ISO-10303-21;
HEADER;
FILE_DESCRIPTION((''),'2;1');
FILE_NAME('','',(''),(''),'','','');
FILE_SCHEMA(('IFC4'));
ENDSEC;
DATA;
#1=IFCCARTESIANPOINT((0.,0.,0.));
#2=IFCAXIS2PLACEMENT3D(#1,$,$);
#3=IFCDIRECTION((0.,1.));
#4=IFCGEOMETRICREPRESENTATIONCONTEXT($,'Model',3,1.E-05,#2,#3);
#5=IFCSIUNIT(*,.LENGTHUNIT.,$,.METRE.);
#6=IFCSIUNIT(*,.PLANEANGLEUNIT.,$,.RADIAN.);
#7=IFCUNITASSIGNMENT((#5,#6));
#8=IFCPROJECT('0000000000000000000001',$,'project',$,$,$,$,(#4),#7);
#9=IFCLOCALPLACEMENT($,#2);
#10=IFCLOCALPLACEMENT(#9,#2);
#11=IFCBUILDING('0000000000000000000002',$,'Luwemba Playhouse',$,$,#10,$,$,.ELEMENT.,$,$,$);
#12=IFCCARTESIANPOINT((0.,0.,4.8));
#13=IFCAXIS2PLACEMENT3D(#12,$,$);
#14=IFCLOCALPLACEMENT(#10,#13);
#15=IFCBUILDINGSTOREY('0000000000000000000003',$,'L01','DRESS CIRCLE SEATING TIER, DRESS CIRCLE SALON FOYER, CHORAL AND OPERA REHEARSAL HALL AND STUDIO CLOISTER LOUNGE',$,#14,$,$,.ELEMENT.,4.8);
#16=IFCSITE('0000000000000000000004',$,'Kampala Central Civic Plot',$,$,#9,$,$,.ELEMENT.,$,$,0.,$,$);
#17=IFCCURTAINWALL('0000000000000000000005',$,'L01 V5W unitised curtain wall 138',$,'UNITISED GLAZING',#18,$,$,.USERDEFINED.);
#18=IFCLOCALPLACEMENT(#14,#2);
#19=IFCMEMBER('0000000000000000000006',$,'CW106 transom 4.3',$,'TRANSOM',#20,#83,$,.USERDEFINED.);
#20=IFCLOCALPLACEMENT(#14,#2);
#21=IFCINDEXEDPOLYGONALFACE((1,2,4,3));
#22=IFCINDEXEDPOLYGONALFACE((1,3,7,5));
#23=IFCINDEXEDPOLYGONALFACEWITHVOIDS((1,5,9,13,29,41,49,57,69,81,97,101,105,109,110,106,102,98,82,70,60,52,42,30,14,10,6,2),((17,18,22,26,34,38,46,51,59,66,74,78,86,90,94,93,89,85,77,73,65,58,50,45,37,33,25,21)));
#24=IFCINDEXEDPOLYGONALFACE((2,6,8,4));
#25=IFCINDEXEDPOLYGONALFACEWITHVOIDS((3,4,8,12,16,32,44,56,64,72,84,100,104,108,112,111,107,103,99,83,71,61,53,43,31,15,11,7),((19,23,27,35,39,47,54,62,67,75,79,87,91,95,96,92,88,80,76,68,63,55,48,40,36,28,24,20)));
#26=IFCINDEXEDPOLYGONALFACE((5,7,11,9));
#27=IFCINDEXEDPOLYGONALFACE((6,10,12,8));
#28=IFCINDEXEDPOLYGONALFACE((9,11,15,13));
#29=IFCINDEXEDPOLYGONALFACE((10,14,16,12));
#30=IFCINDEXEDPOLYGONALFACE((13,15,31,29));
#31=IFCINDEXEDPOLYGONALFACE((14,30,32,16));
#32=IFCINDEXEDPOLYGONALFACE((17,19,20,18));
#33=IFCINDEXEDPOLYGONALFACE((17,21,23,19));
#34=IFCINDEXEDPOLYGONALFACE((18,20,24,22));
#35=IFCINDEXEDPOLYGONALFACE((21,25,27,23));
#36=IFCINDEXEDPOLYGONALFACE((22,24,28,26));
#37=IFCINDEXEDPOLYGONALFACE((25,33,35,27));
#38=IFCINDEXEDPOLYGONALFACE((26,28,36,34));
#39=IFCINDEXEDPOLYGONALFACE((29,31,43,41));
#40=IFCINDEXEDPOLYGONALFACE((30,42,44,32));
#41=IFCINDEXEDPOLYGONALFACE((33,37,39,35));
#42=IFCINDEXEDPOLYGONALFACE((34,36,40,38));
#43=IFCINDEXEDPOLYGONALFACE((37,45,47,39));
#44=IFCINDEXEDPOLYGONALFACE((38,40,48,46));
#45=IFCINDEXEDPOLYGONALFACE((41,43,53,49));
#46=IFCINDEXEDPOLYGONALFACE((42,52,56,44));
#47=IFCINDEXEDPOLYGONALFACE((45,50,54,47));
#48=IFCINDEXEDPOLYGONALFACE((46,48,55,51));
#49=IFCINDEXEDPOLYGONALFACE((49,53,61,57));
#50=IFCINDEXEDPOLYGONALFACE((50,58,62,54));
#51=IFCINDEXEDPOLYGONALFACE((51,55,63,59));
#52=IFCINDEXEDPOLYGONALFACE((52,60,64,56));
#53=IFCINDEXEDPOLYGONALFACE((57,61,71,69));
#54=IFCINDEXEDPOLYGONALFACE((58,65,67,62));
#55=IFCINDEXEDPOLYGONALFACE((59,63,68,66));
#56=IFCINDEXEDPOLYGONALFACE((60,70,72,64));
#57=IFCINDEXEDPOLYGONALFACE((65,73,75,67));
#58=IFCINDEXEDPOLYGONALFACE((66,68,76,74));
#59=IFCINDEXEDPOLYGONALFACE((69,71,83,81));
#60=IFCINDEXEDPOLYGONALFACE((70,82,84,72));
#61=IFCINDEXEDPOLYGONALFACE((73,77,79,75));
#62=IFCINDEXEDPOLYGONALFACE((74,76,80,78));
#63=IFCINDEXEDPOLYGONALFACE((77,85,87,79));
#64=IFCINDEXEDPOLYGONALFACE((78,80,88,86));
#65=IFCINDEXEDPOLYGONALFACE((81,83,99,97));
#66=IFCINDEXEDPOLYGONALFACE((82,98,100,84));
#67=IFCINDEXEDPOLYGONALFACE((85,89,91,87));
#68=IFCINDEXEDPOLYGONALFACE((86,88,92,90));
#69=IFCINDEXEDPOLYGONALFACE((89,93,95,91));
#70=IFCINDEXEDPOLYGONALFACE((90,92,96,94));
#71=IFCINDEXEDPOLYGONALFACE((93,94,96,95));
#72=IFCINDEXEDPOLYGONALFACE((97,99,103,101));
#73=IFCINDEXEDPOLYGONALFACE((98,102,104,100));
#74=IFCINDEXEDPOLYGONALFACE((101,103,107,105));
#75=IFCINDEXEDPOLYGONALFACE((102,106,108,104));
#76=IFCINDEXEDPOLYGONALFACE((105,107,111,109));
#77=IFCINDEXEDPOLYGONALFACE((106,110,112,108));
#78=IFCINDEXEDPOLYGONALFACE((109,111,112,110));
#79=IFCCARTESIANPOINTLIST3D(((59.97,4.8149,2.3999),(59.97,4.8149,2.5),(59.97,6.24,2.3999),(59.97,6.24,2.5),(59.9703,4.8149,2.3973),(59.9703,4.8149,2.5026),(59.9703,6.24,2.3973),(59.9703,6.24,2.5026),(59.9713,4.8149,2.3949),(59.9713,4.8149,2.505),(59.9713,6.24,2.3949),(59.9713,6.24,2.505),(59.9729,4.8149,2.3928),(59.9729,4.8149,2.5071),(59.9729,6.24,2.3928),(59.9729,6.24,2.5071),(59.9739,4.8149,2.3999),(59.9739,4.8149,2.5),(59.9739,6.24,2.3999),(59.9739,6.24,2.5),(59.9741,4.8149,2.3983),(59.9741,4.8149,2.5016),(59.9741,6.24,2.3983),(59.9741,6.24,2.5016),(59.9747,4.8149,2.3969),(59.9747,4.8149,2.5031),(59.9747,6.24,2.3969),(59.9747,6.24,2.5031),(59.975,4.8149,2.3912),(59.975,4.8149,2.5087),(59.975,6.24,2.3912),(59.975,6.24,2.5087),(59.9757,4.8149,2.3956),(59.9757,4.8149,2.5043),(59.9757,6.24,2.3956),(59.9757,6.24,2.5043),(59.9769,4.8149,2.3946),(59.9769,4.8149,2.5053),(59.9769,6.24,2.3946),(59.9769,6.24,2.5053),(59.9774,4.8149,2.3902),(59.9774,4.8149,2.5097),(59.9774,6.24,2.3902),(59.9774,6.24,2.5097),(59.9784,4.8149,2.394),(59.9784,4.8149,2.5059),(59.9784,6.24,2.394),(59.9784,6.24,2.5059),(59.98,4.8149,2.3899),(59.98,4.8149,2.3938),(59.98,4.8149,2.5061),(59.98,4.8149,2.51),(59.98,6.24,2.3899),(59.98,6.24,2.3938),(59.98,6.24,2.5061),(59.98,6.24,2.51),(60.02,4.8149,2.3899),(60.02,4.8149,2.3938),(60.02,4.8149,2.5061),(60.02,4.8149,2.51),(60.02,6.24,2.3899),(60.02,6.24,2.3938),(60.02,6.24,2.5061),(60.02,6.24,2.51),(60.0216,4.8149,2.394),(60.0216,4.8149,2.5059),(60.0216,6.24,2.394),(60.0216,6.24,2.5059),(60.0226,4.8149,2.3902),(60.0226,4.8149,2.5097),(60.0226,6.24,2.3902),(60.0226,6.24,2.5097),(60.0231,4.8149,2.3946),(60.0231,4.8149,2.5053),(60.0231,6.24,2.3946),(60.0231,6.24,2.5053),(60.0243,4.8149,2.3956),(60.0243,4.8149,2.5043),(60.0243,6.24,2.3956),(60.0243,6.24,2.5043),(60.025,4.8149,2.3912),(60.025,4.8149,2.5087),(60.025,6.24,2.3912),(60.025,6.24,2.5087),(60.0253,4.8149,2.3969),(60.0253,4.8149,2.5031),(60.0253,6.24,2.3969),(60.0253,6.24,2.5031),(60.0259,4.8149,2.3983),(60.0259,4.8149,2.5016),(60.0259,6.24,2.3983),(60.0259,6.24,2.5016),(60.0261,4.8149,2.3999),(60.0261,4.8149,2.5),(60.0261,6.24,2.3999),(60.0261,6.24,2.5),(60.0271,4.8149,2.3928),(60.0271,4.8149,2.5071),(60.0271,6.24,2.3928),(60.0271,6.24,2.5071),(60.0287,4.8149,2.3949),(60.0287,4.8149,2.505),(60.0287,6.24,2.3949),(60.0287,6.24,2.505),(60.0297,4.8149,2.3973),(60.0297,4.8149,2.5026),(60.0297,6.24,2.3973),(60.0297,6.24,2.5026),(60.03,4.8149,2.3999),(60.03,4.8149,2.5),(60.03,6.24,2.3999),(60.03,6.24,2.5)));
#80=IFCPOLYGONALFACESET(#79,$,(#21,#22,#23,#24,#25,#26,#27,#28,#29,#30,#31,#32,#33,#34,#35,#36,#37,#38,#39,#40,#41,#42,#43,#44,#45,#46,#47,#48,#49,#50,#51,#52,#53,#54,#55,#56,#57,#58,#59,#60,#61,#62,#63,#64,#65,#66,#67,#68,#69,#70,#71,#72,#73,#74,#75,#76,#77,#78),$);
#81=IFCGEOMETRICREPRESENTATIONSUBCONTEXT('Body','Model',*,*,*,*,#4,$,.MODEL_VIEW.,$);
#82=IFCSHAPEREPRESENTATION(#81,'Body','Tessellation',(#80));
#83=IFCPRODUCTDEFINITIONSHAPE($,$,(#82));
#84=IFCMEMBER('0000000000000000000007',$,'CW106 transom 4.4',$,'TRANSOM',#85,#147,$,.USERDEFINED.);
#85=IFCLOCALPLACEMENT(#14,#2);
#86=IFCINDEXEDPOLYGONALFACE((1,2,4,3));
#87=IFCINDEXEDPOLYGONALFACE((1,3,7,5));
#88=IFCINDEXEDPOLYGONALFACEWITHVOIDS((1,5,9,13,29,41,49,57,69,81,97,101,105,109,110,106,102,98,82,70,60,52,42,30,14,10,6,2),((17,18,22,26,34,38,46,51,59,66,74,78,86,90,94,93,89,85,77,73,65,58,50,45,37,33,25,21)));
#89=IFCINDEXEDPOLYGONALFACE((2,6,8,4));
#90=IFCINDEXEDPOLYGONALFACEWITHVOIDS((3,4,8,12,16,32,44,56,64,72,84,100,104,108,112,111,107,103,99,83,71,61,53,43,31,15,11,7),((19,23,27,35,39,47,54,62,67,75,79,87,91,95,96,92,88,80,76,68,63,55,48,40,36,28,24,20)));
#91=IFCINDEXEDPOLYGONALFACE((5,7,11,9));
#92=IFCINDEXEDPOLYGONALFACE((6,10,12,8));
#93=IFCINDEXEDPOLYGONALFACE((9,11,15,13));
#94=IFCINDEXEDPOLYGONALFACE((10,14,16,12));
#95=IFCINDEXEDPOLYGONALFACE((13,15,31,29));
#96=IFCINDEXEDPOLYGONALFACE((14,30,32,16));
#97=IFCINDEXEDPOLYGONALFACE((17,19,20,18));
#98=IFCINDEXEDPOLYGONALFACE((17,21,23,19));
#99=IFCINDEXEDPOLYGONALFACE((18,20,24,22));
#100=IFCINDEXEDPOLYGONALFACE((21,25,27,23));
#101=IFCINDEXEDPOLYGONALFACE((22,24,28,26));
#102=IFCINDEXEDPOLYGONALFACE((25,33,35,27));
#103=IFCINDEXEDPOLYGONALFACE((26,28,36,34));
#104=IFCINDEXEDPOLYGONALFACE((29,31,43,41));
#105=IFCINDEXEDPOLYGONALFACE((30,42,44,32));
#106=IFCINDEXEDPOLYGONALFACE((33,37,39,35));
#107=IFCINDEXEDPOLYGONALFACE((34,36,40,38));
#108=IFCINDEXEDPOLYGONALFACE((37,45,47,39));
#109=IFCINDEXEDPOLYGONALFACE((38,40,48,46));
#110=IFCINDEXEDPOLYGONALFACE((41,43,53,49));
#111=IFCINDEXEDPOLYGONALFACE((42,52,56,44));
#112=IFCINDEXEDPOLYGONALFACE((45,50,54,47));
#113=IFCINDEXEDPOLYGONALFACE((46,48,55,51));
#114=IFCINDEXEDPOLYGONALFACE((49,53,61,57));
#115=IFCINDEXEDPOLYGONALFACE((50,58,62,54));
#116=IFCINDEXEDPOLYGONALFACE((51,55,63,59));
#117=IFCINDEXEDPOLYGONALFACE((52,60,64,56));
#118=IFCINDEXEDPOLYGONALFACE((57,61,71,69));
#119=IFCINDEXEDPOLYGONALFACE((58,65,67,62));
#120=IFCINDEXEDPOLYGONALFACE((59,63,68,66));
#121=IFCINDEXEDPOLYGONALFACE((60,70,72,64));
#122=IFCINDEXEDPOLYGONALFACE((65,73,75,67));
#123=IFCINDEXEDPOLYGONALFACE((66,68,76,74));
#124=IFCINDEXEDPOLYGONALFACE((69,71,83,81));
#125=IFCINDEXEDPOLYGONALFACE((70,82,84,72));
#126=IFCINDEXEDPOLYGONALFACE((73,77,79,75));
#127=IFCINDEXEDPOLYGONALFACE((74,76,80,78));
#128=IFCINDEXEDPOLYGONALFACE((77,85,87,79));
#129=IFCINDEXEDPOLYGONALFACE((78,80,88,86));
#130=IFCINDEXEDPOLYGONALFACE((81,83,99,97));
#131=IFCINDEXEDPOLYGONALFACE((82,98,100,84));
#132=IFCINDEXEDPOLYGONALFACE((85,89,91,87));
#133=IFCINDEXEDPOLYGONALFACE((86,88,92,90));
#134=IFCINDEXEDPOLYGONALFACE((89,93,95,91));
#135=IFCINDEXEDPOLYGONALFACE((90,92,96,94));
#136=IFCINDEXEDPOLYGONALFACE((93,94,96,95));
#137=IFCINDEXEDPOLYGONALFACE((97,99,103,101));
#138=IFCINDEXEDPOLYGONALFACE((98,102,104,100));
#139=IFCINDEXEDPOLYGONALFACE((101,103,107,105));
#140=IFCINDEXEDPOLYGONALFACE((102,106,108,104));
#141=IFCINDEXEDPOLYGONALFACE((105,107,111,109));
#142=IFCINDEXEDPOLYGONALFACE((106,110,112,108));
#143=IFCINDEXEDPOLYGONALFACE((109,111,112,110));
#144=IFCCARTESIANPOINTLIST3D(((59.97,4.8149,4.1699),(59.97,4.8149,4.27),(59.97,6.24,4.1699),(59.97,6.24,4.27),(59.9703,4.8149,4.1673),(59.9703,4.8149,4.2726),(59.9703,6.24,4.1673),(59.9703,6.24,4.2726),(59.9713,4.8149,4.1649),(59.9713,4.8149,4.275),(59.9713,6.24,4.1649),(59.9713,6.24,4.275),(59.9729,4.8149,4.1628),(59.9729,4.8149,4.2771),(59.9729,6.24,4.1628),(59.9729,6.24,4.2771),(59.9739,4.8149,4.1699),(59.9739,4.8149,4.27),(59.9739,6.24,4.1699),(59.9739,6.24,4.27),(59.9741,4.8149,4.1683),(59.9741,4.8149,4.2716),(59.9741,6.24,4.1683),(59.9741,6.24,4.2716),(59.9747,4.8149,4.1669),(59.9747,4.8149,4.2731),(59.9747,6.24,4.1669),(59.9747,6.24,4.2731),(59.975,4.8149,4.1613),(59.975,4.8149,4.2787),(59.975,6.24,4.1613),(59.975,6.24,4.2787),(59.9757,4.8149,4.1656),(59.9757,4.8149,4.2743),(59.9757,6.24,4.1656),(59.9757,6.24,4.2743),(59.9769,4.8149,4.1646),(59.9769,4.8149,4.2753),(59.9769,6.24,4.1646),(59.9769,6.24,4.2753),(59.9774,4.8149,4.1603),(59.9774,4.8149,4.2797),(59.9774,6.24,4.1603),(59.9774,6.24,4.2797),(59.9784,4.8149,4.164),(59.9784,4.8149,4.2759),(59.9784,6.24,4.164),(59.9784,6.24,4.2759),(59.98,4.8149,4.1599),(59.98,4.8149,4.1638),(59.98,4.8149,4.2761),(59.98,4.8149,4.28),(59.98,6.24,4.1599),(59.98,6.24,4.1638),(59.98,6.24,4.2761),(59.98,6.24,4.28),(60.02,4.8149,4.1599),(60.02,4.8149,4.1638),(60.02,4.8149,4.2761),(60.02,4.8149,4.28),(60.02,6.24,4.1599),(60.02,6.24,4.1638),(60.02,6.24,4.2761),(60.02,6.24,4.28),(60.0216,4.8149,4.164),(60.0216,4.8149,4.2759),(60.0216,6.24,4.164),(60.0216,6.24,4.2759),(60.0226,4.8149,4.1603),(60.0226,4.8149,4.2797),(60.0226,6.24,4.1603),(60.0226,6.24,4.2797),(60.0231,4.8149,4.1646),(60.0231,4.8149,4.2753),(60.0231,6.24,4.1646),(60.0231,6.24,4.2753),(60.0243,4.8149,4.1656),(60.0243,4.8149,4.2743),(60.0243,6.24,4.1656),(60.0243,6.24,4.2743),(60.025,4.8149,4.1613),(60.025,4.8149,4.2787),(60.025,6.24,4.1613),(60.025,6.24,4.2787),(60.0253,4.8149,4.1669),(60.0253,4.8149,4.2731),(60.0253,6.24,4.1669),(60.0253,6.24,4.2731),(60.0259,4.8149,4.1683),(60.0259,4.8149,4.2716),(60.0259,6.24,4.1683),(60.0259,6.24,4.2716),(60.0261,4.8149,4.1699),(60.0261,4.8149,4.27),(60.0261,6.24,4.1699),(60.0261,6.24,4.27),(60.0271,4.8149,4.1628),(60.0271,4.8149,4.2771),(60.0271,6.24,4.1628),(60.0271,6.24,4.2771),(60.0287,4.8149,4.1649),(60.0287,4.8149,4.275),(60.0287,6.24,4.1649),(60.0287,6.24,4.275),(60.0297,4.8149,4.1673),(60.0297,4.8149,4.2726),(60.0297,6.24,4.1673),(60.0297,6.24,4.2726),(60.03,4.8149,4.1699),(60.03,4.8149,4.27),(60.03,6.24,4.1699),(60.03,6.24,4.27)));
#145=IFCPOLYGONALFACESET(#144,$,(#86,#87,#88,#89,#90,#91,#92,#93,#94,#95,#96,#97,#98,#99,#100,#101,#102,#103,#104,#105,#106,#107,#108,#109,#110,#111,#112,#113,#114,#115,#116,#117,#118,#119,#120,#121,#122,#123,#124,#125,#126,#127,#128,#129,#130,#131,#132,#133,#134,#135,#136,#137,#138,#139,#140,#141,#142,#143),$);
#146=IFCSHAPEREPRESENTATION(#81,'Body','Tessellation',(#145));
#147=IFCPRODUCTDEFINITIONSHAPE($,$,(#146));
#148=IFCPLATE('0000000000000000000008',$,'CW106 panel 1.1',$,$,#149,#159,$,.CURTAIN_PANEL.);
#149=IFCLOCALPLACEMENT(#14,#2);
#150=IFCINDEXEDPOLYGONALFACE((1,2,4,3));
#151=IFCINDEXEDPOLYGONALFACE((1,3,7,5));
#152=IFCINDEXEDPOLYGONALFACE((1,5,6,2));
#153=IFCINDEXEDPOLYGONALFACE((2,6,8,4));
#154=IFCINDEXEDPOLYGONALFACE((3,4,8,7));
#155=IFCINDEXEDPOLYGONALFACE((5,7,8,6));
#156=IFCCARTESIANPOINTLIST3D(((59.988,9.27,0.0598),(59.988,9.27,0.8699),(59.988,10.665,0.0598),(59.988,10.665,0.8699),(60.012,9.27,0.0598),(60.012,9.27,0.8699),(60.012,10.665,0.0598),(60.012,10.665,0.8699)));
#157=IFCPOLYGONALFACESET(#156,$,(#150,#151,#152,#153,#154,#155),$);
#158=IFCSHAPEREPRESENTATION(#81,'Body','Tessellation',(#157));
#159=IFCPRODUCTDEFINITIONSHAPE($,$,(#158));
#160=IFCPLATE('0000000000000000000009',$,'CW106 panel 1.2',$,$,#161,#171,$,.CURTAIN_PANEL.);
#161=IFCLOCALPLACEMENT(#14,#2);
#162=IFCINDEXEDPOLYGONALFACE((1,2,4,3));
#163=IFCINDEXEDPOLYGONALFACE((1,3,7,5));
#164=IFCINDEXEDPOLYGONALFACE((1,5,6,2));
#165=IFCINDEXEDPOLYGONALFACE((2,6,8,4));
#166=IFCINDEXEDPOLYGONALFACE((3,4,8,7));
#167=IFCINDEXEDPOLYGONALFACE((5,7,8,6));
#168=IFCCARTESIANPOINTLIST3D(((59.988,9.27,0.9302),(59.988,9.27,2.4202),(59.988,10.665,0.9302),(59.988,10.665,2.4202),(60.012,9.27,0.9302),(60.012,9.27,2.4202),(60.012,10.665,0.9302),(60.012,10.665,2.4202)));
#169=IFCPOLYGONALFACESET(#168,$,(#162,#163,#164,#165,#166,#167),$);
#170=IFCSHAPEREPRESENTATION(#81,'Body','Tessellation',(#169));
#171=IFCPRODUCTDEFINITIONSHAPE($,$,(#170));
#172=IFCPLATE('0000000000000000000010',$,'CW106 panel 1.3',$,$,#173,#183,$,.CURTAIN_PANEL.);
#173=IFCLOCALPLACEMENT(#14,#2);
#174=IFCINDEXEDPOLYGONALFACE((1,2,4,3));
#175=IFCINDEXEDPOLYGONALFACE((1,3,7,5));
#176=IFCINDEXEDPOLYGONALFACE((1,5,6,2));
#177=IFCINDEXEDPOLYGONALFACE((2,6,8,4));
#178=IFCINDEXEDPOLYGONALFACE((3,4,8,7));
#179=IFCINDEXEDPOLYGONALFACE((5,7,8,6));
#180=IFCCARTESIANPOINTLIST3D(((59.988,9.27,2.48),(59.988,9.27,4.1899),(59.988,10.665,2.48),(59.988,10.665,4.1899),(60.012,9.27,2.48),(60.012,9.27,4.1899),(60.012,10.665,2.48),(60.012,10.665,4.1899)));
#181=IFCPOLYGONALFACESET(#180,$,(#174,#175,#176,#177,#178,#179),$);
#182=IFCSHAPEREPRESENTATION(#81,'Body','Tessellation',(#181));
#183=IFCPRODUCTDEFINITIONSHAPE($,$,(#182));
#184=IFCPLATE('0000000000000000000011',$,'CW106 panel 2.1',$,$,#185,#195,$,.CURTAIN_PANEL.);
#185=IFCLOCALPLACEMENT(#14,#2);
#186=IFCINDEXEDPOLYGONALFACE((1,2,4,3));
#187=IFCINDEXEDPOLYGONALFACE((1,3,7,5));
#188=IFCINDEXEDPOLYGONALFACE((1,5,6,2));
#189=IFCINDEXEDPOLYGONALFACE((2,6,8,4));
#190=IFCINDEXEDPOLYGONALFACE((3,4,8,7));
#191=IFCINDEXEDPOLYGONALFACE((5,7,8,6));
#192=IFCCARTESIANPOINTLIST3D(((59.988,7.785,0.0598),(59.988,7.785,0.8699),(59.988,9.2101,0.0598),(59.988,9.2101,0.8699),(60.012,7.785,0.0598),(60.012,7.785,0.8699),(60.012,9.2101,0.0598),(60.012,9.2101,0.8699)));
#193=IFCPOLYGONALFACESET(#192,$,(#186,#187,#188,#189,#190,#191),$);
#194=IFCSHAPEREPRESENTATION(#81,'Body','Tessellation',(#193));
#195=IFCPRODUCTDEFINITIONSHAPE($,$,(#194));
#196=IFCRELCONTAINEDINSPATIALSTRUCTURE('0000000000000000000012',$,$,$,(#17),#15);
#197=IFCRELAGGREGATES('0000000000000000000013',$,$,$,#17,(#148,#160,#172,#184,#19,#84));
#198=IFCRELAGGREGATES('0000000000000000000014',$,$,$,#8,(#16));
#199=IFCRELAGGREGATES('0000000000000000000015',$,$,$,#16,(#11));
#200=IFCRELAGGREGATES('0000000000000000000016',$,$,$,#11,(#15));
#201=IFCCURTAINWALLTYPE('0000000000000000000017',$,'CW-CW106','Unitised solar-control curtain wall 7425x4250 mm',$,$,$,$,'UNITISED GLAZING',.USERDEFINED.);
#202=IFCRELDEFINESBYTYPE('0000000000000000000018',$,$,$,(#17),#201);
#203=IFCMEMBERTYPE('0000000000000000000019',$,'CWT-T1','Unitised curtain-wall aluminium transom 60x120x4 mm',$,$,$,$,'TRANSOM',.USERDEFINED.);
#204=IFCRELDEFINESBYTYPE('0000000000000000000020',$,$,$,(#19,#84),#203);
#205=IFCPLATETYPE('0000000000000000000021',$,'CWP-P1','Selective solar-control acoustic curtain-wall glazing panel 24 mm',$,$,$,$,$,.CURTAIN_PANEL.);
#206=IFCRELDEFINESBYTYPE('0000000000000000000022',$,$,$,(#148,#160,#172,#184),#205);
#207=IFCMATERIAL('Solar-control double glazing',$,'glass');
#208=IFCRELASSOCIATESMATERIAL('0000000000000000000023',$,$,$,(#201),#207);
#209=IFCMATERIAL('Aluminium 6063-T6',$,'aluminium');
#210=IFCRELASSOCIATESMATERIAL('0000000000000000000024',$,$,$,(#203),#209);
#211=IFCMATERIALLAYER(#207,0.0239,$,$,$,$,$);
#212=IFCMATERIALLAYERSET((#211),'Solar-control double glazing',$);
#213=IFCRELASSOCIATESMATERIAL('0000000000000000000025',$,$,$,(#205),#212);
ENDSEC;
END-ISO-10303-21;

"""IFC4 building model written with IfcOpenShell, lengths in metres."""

from ifc_helpers import new_model, si_unit, direction, frame, origin, origin_2d, place, context, subcontext, project, spatial, rectangle, hollow_rectangle, extrude, material, layer, layer_set, material_profile, profile_set, type_object, element, aggregate, save


model = new_model("IFC4")

# Units and contexts
model_context = context("Model", 3, precision=1e-05, world=origin(), true_north=direction((0.0, 1.0)))
body_context = subcontext(model_context, "Body", "Model", "MODEL_VIEW")
ifc_project = project(units=[si_unit("LENGTHUNIT", "METRE"), si_unit("PLANEANGLEUNIT", "RADIAN")], contexts=[model_context])

# Site, building, storey
site_placement = place(None, origin())
site = spatial("IfcSite", under=ifc_project, at=site_placement, Name="Kampala Central Civic Plot", CompositionType="ELEMENT", RefElevation=0.0)
building_placement = place(site_placement, origin())
building = spatial("IfcBuilding", under=site, at=building_placement, Name="Luwemba Playhouse", CompositionType="ELEMENT")
storey_placement = place(building_placement, frame((0.0, 0.0, 4.8)))
storey = spatial("IfcBuildingStorey", under=building, at=storey_placement, Name="L01", Description="DRESS CIRCLE SEATING TIER, DRESS CIRCLE SALON FOYER, CHORAL AND OPERA REHEARSAL HALL AND STUDIO CLOISTER LOUNGE", CompositionType="ELEMENT", Elevation=4.8)

# Curtain wall, members, plates
ifc_material_1 = material(Name="Solar-control double glazing", Category="glass")
curtain_wall_type = type_object("IfcCurtainWallType", Name="CW-CW106", Description="Unitised solar-control curtain wall 7425x4250 mm", ElementType="UNITISED GLAZING", PredefinedType="USERDEFINED", material=ifc_material_1)
curtain_wall_placement = place(storey_placement, origin())
curtain_wall = element("IfcCurtainWall", 1, at=curtain_wall_placement, inside=storey, type_object=curtain_wall_type, Name="L01 V5W unitised curtain wall 138", ObjectType="UNITISED GLAZING", PredefinedType="USERDEFINED")
ifc_material_2 = material(Name="Aluminium 6063-T6", Category="aluminium")
ifc_material_profile_1 = material_profile(ifc_material_2, hollow_rectangle(XDim=0.0601, YDim=0.1201, WallThickness=0.0039, InnerFilletRadius=0.0061, OuterFilletRadius=0.01, at=origin_2d()))
ifc_profile_set_1 = profile_set([ifc_material_profile_1], Name="Aluminium 6063-T6")
member_type_1 = type_object("IfcMemberType", Name="CWT-T1", Description="Unitised curtain-wall aluminium transom 60x120x4 mm", ElementType="TRANSOM", PredefinedType="USERDEFINED", material=ifc_profile_set_1)
member_1_placement = place(storey_placement, frame((60.0, 6.24, 2.45), z_axis=(0.0, -1.0, 0.0), x_axis=(1.0, 0.0, 0.0)))
member_1 = element("IfcMember", 2, at=member_1_placement, type_object=member_type_1, Name="CW106 transom 4.3", ObjectType="TRANSOM", PredefinedType="USERDEFINED", context=body_context, shape_type="SweptSolid", body=[
    extrude(hollow_rectangle(XDim=0.0601, YDim=0.1201, WallThickness=0.0039, InnerFilletRadius=0.0061, OuterFilletRadius=0.01, at=origin_2d()), origin(), (0.0, 0.0, 1.0), 1.425),
])
member_2_placement = place(storey_placement, frame((60.0, 6.24, 4.22), z_axis=(0.0, -1.0, 0.0), x_axis=(1.0, 0.0, 0.0)))
member_2 = element("IfcMember", 3, at=member_2_placement, type_object=member_type_1, Name="CW106 transom 4.4", ObjectType="TRANSOM", PredefinedType="USERDEFINED", context=body_context, shape_type="SweptSolid", body=[
    extrude(hollow_rectangle(XDim=0.0601, YDim=0.1201, WallThickness=0.0039, InnerFilletRadius=0.0061, OuterFilletRadius=0.01, at=origin_2d()), origin(), (0.0, 0.0, 1.0), 1.425),
])
ifc_layer = layer(ifc_material_1, 0.0239)
ifc_layer_set = layer_set([ifc_layer], Name="Solar-control double glazing")
plate_type = type_object("IfcPlateType", Name="CWP-P1", Description="Selective solar-control acoustic curtain-wall glazing panel 24 mm", PredefinedType="CURTAIN_PANEL", material=ifc_layer_set)
plate_1_placement = place(storey_placement, frame((60.0, 9.9675, 0.0598), z_axis=(0.0, 0.0, 1.0), x_axis=(0.0, -1.0, 0.0)))
plate_1 = element("IfcPlate", 4, at=plate_1_placement, type_object=plate_type, Name="CW106 panel 1.1", PredefinedType="CURTAIN_PANEL", context=body_context, shape_type="SweptSolid", body=[
    extrude(rectangle(XDim=1.395, YDim=0.0239, at=origin_2d()), origin(), (0.0, 0.0, 1.0), 0.8101),
])
plate_2_placement = place(storey_placement, frame((60.0, 9.9675, 0.9302), z_axis=(0.0, 0.0, 1.0), x_axis=(0.0, -1.0, 0.0)))
plate_2 = element("IfcPlate", 5, at=plate_2_placement, type_object=plate_type, Name="CW106 panel 1.2", PredefinedType="CURTAIN_PANEL", context=body_context, shape_type="SweptSolid", body=[
    extrude(rectangle(XDim=1.395, YDim=0.0239, at=origin_2d()), origin(), (0.0, 0.0, 1.0), 1.49),
])
plate_3_placement = place(storey_placement, frame((60.0, 9.9675, 2.48), z_axis=(0.0, 0.0, 1.0), x_axis=(0.0, -1.0, 0.0)))
plate_3 = element("IfcPlate", 6, at=plate_3_placement, type_object=plate_type, Name="CW106 panel 1.3", PredefinedType="CURTAIN_PANEL", context=body_context, shape_type="SweptSolid", body=[
    extrude(rectangle(XDim=1.395, YDim=0.0239, at=origin_2d()), origin(), (0.0, 0.0, 1.0), 1.71),
])
plate_4_placement = place(storey_placement, frame((60.0, 8.4976, 0.0598), z_axis=(0.0, 0.0, 1.0), x_axis=(0.0, -1.0, 0.0)))
plate_4 = element("IfcPlate", 7, at=plate_4_placement, type_object=plate_type, Name="CW106 panel 2.1", PredefinedType="CURTAIN_PANEL", context=body_context, shape_type="SweptSolid", body=[
    extrude(rectangle(XDim=1.425, YDim=0.0239, at=origin_2d()), origin(), (0.0, 0.0, 1.0), 0.8101),
])
aggregate(curtain_wall, [plate_1, plate_2, plate_3, plate_4, member_1, member_2])

save(model, "model.ifc")
